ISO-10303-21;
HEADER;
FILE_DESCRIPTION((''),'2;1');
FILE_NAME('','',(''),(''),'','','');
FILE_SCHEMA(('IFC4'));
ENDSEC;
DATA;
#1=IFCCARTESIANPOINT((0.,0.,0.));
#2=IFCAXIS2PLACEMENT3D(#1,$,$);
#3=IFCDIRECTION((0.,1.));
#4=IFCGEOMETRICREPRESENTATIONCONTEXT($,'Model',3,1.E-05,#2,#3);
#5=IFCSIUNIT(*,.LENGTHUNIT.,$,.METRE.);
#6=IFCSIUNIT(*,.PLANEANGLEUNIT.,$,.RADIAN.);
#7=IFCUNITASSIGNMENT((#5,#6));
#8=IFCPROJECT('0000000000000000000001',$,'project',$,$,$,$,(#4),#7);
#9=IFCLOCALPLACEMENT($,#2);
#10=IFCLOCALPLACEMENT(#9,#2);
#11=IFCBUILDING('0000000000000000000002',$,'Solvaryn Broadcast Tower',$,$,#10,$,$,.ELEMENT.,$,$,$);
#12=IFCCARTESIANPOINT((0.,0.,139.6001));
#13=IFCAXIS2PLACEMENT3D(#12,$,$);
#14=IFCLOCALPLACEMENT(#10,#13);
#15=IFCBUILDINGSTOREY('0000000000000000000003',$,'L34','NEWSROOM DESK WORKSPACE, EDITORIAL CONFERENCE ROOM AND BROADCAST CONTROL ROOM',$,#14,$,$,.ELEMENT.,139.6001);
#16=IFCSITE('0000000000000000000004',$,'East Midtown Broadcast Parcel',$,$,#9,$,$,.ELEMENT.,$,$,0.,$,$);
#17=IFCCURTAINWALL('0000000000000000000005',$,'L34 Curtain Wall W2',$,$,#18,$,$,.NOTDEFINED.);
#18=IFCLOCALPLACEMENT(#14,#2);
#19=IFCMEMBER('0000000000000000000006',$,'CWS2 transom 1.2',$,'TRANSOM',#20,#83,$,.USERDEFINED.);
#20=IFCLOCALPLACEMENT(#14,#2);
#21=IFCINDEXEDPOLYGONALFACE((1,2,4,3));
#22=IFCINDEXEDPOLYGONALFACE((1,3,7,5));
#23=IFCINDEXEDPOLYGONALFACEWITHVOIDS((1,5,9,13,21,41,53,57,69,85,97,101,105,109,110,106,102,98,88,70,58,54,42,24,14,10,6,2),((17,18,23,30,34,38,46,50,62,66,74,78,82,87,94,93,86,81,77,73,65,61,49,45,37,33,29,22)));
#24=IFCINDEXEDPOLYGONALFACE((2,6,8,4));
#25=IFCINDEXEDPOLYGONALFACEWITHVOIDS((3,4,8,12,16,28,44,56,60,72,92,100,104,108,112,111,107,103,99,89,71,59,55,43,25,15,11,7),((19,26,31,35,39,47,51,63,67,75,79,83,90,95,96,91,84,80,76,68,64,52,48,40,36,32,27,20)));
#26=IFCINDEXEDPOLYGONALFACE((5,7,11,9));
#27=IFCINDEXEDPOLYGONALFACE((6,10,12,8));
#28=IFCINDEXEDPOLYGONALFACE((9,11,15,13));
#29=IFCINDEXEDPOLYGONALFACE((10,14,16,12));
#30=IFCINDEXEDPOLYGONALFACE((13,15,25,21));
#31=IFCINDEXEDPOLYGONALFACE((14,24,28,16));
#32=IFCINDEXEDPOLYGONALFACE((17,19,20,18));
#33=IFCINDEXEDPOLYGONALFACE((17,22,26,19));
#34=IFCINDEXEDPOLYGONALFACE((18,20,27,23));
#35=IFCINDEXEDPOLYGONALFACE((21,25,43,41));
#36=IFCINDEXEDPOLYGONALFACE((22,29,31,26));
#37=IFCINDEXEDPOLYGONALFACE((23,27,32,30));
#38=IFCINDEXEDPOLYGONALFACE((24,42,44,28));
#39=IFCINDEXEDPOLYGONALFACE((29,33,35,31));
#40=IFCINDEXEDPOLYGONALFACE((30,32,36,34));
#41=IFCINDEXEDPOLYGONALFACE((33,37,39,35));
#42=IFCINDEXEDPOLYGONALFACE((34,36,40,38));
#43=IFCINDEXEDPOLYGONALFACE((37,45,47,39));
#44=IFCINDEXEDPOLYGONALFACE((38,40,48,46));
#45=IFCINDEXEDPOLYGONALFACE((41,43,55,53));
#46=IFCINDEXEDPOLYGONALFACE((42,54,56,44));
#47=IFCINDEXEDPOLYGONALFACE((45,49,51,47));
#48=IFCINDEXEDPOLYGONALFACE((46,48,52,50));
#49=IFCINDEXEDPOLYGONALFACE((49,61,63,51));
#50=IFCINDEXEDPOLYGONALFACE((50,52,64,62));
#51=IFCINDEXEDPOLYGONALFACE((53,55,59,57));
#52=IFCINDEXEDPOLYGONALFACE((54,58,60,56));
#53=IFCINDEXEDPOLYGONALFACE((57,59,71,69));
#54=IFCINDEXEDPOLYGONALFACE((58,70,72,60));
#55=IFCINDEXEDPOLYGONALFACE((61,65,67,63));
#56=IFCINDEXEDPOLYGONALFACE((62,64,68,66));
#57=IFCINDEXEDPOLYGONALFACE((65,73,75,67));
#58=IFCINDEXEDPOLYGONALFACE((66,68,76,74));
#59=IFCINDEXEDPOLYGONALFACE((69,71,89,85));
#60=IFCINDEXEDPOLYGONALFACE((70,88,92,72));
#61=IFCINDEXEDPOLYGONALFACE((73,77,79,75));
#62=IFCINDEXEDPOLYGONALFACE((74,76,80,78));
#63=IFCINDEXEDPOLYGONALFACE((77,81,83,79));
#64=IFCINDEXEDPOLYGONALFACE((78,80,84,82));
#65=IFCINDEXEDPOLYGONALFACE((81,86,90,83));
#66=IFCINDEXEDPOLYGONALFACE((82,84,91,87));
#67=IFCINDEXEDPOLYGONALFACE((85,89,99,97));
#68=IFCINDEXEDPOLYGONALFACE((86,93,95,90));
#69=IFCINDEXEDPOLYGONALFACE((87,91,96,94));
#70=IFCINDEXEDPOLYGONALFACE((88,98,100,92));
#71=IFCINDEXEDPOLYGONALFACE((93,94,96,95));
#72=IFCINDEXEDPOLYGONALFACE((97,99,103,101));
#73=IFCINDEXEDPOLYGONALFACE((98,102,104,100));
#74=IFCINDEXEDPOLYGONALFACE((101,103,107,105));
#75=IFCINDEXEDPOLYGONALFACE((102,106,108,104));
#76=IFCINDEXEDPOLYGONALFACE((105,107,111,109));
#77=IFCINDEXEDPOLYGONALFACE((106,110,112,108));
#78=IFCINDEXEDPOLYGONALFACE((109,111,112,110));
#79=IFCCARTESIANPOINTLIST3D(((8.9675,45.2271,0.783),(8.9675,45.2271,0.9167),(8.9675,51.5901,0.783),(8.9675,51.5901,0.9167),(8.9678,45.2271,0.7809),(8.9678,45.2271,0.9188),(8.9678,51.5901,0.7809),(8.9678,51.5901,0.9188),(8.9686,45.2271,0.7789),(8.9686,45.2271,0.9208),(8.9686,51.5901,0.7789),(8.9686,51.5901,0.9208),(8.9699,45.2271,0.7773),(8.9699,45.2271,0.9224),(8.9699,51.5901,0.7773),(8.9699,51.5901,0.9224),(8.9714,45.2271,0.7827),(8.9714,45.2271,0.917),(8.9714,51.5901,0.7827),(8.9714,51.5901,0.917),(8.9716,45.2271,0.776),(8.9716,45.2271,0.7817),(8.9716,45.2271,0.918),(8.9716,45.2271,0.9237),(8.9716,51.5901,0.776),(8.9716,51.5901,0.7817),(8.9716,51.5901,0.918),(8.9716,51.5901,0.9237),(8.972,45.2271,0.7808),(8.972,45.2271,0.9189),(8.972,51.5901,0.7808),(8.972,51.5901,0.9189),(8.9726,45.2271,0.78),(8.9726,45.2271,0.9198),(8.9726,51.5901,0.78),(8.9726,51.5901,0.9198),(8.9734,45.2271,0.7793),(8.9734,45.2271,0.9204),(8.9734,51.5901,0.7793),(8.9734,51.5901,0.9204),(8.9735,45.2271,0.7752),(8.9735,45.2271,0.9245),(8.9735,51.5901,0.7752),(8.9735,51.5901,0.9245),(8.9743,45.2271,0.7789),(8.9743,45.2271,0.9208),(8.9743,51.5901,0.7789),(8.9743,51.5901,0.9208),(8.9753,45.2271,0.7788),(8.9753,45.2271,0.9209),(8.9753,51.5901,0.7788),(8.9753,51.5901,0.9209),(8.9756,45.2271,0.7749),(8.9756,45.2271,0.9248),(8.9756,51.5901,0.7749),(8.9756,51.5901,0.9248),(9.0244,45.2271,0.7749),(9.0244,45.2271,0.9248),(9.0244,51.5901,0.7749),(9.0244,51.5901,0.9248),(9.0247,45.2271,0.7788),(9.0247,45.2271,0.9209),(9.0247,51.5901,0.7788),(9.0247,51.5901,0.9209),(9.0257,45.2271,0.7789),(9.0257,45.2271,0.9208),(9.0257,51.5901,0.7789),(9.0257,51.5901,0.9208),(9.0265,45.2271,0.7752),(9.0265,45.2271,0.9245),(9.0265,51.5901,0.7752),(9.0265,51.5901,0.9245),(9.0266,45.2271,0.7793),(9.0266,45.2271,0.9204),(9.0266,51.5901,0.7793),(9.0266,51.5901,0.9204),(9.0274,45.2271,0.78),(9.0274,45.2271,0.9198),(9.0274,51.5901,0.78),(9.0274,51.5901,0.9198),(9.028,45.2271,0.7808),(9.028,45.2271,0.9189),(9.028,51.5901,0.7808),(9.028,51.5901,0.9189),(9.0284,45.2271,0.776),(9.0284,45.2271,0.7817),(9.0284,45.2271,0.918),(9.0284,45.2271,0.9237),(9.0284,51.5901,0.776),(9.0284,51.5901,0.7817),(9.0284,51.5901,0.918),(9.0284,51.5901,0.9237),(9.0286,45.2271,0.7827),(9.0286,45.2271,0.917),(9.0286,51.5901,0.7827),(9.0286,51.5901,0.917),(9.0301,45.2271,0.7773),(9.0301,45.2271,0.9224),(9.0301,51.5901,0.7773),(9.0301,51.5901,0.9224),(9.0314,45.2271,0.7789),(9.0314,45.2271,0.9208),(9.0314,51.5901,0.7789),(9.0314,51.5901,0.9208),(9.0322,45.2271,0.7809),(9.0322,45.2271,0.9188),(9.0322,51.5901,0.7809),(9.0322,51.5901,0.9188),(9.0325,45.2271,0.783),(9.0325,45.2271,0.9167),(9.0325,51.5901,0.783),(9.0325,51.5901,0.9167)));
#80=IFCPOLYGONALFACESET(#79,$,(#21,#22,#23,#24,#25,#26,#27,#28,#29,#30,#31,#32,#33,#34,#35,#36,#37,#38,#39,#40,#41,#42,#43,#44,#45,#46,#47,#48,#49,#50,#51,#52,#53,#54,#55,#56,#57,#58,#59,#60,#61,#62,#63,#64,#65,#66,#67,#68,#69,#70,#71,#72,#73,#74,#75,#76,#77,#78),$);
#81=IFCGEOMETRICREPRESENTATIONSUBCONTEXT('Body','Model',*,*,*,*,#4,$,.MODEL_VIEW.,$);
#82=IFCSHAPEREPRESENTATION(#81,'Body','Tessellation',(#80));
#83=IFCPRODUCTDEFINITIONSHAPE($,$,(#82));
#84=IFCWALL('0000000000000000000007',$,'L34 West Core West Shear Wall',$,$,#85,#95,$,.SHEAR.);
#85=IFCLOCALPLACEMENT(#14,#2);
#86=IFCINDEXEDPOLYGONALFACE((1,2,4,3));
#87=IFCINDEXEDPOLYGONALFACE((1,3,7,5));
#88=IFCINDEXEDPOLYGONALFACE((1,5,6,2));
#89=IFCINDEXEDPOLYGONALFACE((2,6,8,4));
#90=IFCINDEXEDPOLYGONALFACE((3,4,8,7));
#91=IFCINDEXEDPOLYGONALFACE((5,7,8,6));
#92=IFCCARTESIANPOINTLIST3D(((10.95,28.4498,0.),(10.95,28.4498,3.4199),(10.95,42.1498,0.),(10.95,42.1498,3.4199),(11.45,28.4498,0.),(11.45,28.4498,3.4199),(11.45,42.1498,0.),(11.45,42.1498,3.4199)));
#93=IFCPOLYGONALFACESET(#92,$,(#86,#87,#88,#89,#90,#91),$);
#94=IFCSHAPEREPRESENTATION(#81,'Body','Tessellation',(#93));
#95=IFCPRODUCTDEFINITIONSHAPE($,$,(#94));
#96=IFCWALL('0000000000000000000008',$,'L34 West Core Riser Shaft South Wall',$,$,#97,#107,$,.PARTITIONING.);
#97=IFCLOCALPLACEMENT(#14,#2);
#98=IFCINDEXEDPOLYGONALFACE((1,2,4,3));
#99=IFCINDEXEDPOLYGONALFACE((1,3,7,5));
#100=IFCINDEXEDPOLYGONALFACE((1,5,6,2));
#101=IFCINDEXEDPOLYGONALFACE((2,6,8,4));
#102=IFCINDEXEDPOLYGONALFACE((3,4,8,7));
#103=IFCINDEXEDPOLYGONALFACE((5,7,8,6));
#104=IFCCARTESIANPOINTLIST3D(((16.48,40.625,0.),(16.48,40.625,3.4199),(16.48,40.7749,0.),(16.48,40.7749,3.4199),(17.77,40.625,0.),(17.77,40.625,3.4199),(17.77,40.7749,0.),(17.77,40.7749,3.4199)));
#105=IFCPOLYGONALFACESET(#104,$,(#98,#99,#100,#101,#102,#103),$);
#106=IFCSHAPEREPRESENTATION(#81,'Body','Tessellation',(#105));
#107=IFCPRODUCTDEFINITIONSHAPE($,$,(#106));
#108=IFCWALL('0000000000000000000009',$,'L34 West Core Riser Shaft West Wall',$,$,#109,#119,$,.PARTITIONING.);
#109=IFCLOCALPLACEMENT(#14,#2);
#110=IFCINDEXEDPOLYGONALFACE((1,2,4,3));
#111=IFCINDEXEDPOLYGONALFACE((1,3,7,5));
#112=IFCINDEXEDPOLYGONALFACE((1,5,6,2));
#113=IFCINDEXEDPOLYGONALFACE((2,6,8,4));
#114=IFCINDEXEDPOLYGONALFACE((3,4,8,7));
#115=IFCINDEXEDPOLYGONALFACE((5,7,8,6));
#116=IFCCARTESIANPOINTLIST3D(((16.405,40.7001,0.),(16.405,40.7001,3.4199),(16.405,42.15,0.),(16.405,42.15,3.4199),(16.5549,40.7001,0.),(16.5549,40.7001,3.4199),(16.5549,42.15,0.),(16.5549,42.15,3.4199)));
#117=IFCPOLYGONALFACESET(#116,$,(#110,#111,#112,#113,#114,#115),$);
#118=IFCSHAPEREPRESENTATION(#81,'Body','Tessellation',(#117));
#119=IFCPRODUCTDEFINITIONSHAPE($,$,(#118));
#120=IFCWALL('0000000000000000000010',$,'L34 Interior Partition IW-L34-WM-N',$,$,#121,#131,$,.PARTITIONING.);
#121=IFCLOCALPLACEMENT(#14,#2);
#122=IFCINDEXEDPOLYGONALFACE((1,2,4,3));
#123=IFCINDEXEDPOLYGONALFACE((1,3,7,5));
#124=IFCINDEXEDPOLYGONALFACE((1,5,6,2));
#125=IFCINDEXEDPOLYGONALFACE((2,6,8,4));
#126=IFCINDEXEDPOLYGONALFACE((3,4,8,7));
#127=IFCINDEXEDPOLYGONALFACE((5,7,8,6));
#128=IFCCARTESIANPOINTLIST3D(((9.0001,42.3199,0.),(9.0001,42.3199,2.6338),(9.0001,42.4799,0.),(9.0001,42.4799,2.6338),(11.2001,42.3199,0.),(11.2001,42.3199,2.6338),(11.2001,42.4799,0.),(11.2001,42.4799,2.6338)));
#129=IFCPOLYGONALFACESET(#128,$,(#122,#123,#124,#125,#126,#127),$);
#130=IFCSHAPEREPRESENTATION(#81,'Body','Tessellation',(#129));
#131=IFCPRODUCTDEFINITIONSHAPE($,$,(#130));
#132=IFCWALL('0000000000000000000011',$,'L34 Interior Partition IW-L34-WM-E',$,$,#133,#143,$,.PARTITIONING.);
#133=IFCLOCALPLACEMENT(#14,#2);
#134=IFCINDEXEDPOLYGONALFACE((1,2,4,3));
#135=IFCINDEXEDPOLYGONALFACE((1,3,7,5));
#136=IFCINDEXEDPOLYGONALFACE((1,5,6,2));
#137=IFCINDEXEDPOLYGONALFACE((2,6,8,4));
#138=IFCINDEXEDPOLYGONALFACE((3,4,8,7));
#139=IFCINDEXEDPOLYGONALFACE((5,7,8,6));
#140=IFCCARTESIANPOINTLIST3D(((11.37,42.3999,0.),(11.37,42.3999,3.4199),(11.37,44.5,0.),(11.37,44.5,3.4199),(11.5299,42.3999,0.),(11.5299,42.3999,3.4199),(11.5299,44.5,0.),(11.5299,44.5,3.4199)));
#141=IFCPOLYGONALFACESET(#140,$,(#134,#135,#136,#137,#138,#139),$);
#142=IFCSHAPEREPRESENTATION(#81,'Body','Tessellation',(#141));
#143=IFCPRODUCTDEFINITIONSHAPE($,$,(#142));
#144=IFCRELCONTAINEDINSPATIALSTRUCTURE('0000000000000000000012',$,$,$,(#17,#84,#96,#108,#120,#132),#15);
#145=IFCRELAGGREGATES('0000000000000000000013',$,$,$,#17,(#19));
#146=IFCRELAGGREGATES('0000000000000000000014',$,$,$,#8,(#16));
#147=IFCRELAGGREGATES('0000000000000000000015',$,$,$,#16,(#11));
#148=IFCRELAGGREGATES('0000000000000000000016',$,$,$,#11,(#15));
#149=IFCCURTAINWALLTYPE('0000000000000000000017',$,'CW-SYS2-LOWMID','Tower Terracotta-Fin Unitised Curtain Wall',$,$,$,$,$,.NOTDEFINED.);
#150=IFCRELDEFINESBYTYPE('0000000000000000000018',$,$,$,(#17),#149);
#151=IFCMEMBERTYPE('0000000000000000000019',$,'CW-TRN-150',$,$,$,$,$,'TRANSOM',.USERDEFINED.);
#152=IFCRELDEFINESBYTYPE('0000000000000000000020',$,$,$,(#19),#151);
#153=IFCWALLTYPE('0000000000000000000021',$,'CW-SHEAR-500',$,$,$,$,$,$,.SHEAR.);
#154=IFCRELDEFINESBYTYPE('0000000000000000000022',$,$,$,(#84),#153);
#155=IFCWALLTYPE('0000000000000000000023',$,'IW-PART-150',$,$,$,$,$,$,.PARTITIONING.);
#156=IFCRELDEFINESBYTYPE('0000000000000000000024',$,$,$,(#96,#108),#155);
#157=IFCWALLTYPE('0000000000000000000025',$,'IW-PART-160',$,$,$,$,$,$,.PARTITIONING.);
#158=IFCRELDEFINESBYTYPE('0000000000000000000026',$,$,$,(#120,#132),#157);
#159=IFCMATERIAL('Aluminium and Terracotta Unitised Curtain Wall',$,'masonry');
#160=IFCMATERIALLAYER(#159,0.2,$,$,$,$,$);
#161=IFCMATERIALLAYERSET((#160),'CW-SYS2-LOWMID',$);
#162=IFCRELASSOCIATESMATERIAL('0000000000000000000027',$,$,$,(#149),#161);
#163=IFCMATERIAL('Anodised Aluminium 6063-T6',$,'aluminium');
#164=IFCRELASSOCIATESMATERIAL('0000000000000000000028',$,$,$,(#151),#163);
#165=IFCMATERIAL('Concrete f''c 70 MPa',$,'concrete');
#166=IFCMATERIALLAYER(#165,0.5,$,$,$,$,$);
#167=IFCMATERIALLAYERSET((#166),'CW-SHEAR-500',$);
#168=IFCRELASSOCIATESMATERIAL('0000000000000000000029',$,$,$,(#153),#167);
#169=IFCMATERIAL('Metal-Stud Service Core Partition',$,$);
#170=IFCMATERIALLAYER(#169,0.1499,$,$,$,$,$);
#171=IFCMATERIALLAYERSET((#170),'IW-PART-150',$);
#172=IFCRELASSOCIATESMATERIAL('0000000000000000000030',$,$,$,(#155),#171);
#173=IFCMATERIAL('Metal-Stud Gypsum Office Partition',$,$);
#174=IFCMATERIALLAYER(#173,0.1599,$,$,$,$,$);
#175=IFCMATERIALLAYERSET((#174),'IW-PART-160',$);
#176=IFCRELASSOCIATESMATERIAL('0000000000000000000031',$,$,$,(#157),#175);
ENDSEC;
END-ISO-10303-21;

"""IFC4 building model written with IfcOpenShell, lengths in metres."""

from ifc_helpers import new_model, si_unit, direction, frame, frame_2d, origin, origin_2d, place, context, subcontext, project, spatial, rectangle, hollow_rectangle, extrude, material, layer, layer_set, material_profile, profile_set, type_object, element, aggregate, save


model = new_model("IFC4")

# Units and contexts
model_context = context("Model", 3, precision=1e-05, world=origin(), true_north=direction((0.0, 1.0)))
body_context = subcontext(model_context, "Body", "Model", "MODEL_VIEW")
ifc_project = project(units=[si_unit("LENGTHUNIT", "METRE"), si_unit("PLANEANGLEUNIT", "RADIAN")], contexts=[model_context])

# Site, building, storey
site_placement = place(None, origin())
site = spatial("IfcSite", under=ifc_project, at=site_placement, Name="East Midtown Broadcast Parcel", CompositionType="ELEMENT", RefElevation=0.0)
building_placement = place(site_placement, origin())
building = spatial("IfcBuilding", under=site, at=building_placement, Name="Solvaryn Broadcast Tower", CompositionType="ELEMENT")
storey_placement = place(building_placement, frame((0.0, 0.0, 139.6001)))
storey = spatial("IfcBuildingStorey", under=building, at=storey_placement, Name="L34", Description="NEWSROOM DESK WORKSPACE, EDITORIAL CONFERENCE ROOM AND BROADCAST CONTROL ROOM", CompositionType="ELEMENT", Elevation=139.6001)

# Curtain wall
ifc_material_1 = material(Name="Aluminium and Terracotta Unitised Curtain Wall", Category="masonry")
ifc_layer_1 = layer(ifc_material_1, 0.2)
ifc_layer_set_1 = layer_set([ifc_layer_1], Name="CW-SYS2-LOWMID")
curtain_wall_type = type_object("IfcCurtainWallType", Name="CW-SYS2-LOWMID", Description="Tower Terracotta-Fin Unitised Curtain Wall", PredefinedType="NOTDEFINED", material=ifc_layer_set_1)
curtain_wall_1_placement = place(storey_placement, origin())
curtain_wall_1 = element("IfcCurtainWall", 1, at=curtain_wall_1_placement, inside=storey, type_object=curtain_wall_type, Name="L34 Curtain Wall W2", PredefinedType="NOTDEFINED")

# Member
ifc_material_2 = material(Name="Anodised Aluminium 6063-T6", Category="aluminium")
ifc_material_profile_1 = material_profile(ifc_material_2, hollow_rectangle(XDim=0.0649, YDim=0.1499, WallThickness=0.0039, InnerFilletRadius=0.0039, OuterFilletRadius=0.0081, at=origin_2d()))
ifc_profile_set_1 = profile_set([ifc_material_profile_1], Name="Anodised Aluminium 6063-T6")
member_type_1 = type_object("IfcMemberType", Name="CW-TRN-150", ElementType="TRANSOM", PredefinedType="USERDEFINED", material=ifc_profile_set_1)
member_1_placement = place(storey_placement, frame((9.0, 45.2271, 0.8499), z_axis=(0.0, 1.0, 0.0), x_axis=(-1.0, 0.0, 0.0)))
member_1 = element("IfcMember", 2, at=member_1_placement, type_object=member_type_1, Name="CWS2 transom 1.2", ObjectType="TRANSOM", PredefinedType="USERDEFINED", context=body_context, shape_type="SweptSolid", body=[
    extrude(hollow_rectangle(XDim=0.0649, YDim=0.1499, WallThickness=0.0039, InnerFilletRadius=0.0039, OuterFilletRadius=0.0081, at=origin_2d()), origin(), (0.0, 0.0, 1.0), 6.363),
])
aggregate(curtain_wall_1, [member_1])

# Walls
ifc_material_3 = material(Name="Concrete f'c 70 MPa", Category="concrete")
ifc_layer_2 = layer(ifc_material_3, 0.5)
ifc_layer_set_2 = layer_set([ifc_layer_2], Name="CW-SHEAR-500")
wall_type_1 = type_object("IfcWallType", Name="CW-SHEAR-500", PredefinedType="SHEAR", material=ifc_layer_set_2)
wall_1_placement = place(storey_placement, frame((11.2, 42.1499, 0.0), z_axis=(0.0, 0.0, 1.0), x_axis=(0.0, -1.0, 0.0)))
element("IfcWall", 3, at=wall_1_placement, inside=storey, type_object=wall_type_1, Name="L34 West Core West Shear Wall", PredefinedType="SHEAR", context=body_context, shape_type="SweptSolid", body=[
    extrude(rectangle(XDim=13.7, YDim=0.5, at=frame_2d((6.8501, 0.0))), origin(), (0.0, 0.0, 1.0), 3.4199),
])
ifc_material_4 = material(Name="Metal-Stud Service Core Partition")
ifc_layer_3 = layer(ifc_material_4, 0.1499)
ifc_layer_set_3 = layer_set([ifc_layer_3], Name="IW-PART-150")
wall_type_2 = type_object("IfcWallType", Name="IW-PART-150", PredefinedType="PARTITIONING", material=ifc_layer_set_3)
wall_2_placement = place(storey_placement, frame((16.48, 40.7, 0.0), z_axis=(0.0, 0.0, 1.0), x_axis=(1.0, 0.0, 0.0)))
element("IfcWall", 4, at=wall_2_placement, inside=storey, type_object=wall_type_2, Name="L34 West Core Riser Shaft South Wall", PredefinedType="PARTITIONING", context=body_context, shape_type="SweptSolid", body=[
    extrude(rectangle(XDim=1.29, YDim=0.1499, at=frame_2d((0.645, 0.0))), origin(), (0.0, 0.0, 1.0), 3.4199),
])
wall_3_placement = place(storey_placement, frame((16.48, 40.7, 0.0), z_axis=(0.0, 0.0, 1.0), x_axis=(0.0, 1.0, 0.0)))
element("IfcWall", 5, at=wall_3_placement, inside=storey, type_object=wall_type_2, Name="L34 West Core Riser Shaft West Wall", PredefinedType="PARTITIONING", context=body_context, shape_type="SweptSolid", body=[
    extrude(rectangle(XDim=1.45, YDim=0.1499, at=frame_2d((0.7251, 0.0))), origin(), (0.0, 0.0, 1.0), 3.4199),
])
ifc_material_5 = material(Name="Metal-Stud Gypsum Office Partition")
ifc_layer_4 = layer(ifc_material_5, 0.1599)
ifc_layer_set_4 = layer_set([ifc_layer_4], Name="IW-PART-160")
wall_type_3 = type_object("IfcWallType", Name="IW-PART-160", PredefinedType="PARTITIONING", material=ifc_layer_set_4)
wall_4_placement = place(storey_placement, frame((9.0, 42.3999, 0.0), z_axis=(0.0, 0.0, 1.0), x_axis=(1.0, 0.0, 0.0)))
element("IfcWall", 6, at=wall_4_placement, inside=storey, type_object=wall_type_3, Name="L34 Interior Partition IW-L34-WM-N", PredefinedType="PARTITIONING", context=body_context, shape_type="SweptSolid", body=[
    extrude(rectangle(XDim=2.2, YDim=0.1599, at=frame_2d((1.1001, 0.0))), origin(), (0.0, 0.0, 1.0), 2.6338),
])
wall_5_placement = place(storey_placement, frame((11.45, 42.3999, 0.0), z_axis=(0.0, 0.0, 1.0), x_axis=(0.0, 1.0, 0.0)))
element("IfcWall", 7, at=wall_5_placement, inside=storey, type_object=wall_type_3, Name="L34 Interior Partition IW-L34-WM-E", PredefinedType="PARTITIONING", context=body_context, shape_type="SweptSolid", body=[
    extrude(rectangle(XDim=2.1001, YDim=0.1599, at=frame_2d((1.05, 0.0))), origin(), (0.0, 0.0, 1.0), 3.4199),
])

save(model, "model.ifc")
